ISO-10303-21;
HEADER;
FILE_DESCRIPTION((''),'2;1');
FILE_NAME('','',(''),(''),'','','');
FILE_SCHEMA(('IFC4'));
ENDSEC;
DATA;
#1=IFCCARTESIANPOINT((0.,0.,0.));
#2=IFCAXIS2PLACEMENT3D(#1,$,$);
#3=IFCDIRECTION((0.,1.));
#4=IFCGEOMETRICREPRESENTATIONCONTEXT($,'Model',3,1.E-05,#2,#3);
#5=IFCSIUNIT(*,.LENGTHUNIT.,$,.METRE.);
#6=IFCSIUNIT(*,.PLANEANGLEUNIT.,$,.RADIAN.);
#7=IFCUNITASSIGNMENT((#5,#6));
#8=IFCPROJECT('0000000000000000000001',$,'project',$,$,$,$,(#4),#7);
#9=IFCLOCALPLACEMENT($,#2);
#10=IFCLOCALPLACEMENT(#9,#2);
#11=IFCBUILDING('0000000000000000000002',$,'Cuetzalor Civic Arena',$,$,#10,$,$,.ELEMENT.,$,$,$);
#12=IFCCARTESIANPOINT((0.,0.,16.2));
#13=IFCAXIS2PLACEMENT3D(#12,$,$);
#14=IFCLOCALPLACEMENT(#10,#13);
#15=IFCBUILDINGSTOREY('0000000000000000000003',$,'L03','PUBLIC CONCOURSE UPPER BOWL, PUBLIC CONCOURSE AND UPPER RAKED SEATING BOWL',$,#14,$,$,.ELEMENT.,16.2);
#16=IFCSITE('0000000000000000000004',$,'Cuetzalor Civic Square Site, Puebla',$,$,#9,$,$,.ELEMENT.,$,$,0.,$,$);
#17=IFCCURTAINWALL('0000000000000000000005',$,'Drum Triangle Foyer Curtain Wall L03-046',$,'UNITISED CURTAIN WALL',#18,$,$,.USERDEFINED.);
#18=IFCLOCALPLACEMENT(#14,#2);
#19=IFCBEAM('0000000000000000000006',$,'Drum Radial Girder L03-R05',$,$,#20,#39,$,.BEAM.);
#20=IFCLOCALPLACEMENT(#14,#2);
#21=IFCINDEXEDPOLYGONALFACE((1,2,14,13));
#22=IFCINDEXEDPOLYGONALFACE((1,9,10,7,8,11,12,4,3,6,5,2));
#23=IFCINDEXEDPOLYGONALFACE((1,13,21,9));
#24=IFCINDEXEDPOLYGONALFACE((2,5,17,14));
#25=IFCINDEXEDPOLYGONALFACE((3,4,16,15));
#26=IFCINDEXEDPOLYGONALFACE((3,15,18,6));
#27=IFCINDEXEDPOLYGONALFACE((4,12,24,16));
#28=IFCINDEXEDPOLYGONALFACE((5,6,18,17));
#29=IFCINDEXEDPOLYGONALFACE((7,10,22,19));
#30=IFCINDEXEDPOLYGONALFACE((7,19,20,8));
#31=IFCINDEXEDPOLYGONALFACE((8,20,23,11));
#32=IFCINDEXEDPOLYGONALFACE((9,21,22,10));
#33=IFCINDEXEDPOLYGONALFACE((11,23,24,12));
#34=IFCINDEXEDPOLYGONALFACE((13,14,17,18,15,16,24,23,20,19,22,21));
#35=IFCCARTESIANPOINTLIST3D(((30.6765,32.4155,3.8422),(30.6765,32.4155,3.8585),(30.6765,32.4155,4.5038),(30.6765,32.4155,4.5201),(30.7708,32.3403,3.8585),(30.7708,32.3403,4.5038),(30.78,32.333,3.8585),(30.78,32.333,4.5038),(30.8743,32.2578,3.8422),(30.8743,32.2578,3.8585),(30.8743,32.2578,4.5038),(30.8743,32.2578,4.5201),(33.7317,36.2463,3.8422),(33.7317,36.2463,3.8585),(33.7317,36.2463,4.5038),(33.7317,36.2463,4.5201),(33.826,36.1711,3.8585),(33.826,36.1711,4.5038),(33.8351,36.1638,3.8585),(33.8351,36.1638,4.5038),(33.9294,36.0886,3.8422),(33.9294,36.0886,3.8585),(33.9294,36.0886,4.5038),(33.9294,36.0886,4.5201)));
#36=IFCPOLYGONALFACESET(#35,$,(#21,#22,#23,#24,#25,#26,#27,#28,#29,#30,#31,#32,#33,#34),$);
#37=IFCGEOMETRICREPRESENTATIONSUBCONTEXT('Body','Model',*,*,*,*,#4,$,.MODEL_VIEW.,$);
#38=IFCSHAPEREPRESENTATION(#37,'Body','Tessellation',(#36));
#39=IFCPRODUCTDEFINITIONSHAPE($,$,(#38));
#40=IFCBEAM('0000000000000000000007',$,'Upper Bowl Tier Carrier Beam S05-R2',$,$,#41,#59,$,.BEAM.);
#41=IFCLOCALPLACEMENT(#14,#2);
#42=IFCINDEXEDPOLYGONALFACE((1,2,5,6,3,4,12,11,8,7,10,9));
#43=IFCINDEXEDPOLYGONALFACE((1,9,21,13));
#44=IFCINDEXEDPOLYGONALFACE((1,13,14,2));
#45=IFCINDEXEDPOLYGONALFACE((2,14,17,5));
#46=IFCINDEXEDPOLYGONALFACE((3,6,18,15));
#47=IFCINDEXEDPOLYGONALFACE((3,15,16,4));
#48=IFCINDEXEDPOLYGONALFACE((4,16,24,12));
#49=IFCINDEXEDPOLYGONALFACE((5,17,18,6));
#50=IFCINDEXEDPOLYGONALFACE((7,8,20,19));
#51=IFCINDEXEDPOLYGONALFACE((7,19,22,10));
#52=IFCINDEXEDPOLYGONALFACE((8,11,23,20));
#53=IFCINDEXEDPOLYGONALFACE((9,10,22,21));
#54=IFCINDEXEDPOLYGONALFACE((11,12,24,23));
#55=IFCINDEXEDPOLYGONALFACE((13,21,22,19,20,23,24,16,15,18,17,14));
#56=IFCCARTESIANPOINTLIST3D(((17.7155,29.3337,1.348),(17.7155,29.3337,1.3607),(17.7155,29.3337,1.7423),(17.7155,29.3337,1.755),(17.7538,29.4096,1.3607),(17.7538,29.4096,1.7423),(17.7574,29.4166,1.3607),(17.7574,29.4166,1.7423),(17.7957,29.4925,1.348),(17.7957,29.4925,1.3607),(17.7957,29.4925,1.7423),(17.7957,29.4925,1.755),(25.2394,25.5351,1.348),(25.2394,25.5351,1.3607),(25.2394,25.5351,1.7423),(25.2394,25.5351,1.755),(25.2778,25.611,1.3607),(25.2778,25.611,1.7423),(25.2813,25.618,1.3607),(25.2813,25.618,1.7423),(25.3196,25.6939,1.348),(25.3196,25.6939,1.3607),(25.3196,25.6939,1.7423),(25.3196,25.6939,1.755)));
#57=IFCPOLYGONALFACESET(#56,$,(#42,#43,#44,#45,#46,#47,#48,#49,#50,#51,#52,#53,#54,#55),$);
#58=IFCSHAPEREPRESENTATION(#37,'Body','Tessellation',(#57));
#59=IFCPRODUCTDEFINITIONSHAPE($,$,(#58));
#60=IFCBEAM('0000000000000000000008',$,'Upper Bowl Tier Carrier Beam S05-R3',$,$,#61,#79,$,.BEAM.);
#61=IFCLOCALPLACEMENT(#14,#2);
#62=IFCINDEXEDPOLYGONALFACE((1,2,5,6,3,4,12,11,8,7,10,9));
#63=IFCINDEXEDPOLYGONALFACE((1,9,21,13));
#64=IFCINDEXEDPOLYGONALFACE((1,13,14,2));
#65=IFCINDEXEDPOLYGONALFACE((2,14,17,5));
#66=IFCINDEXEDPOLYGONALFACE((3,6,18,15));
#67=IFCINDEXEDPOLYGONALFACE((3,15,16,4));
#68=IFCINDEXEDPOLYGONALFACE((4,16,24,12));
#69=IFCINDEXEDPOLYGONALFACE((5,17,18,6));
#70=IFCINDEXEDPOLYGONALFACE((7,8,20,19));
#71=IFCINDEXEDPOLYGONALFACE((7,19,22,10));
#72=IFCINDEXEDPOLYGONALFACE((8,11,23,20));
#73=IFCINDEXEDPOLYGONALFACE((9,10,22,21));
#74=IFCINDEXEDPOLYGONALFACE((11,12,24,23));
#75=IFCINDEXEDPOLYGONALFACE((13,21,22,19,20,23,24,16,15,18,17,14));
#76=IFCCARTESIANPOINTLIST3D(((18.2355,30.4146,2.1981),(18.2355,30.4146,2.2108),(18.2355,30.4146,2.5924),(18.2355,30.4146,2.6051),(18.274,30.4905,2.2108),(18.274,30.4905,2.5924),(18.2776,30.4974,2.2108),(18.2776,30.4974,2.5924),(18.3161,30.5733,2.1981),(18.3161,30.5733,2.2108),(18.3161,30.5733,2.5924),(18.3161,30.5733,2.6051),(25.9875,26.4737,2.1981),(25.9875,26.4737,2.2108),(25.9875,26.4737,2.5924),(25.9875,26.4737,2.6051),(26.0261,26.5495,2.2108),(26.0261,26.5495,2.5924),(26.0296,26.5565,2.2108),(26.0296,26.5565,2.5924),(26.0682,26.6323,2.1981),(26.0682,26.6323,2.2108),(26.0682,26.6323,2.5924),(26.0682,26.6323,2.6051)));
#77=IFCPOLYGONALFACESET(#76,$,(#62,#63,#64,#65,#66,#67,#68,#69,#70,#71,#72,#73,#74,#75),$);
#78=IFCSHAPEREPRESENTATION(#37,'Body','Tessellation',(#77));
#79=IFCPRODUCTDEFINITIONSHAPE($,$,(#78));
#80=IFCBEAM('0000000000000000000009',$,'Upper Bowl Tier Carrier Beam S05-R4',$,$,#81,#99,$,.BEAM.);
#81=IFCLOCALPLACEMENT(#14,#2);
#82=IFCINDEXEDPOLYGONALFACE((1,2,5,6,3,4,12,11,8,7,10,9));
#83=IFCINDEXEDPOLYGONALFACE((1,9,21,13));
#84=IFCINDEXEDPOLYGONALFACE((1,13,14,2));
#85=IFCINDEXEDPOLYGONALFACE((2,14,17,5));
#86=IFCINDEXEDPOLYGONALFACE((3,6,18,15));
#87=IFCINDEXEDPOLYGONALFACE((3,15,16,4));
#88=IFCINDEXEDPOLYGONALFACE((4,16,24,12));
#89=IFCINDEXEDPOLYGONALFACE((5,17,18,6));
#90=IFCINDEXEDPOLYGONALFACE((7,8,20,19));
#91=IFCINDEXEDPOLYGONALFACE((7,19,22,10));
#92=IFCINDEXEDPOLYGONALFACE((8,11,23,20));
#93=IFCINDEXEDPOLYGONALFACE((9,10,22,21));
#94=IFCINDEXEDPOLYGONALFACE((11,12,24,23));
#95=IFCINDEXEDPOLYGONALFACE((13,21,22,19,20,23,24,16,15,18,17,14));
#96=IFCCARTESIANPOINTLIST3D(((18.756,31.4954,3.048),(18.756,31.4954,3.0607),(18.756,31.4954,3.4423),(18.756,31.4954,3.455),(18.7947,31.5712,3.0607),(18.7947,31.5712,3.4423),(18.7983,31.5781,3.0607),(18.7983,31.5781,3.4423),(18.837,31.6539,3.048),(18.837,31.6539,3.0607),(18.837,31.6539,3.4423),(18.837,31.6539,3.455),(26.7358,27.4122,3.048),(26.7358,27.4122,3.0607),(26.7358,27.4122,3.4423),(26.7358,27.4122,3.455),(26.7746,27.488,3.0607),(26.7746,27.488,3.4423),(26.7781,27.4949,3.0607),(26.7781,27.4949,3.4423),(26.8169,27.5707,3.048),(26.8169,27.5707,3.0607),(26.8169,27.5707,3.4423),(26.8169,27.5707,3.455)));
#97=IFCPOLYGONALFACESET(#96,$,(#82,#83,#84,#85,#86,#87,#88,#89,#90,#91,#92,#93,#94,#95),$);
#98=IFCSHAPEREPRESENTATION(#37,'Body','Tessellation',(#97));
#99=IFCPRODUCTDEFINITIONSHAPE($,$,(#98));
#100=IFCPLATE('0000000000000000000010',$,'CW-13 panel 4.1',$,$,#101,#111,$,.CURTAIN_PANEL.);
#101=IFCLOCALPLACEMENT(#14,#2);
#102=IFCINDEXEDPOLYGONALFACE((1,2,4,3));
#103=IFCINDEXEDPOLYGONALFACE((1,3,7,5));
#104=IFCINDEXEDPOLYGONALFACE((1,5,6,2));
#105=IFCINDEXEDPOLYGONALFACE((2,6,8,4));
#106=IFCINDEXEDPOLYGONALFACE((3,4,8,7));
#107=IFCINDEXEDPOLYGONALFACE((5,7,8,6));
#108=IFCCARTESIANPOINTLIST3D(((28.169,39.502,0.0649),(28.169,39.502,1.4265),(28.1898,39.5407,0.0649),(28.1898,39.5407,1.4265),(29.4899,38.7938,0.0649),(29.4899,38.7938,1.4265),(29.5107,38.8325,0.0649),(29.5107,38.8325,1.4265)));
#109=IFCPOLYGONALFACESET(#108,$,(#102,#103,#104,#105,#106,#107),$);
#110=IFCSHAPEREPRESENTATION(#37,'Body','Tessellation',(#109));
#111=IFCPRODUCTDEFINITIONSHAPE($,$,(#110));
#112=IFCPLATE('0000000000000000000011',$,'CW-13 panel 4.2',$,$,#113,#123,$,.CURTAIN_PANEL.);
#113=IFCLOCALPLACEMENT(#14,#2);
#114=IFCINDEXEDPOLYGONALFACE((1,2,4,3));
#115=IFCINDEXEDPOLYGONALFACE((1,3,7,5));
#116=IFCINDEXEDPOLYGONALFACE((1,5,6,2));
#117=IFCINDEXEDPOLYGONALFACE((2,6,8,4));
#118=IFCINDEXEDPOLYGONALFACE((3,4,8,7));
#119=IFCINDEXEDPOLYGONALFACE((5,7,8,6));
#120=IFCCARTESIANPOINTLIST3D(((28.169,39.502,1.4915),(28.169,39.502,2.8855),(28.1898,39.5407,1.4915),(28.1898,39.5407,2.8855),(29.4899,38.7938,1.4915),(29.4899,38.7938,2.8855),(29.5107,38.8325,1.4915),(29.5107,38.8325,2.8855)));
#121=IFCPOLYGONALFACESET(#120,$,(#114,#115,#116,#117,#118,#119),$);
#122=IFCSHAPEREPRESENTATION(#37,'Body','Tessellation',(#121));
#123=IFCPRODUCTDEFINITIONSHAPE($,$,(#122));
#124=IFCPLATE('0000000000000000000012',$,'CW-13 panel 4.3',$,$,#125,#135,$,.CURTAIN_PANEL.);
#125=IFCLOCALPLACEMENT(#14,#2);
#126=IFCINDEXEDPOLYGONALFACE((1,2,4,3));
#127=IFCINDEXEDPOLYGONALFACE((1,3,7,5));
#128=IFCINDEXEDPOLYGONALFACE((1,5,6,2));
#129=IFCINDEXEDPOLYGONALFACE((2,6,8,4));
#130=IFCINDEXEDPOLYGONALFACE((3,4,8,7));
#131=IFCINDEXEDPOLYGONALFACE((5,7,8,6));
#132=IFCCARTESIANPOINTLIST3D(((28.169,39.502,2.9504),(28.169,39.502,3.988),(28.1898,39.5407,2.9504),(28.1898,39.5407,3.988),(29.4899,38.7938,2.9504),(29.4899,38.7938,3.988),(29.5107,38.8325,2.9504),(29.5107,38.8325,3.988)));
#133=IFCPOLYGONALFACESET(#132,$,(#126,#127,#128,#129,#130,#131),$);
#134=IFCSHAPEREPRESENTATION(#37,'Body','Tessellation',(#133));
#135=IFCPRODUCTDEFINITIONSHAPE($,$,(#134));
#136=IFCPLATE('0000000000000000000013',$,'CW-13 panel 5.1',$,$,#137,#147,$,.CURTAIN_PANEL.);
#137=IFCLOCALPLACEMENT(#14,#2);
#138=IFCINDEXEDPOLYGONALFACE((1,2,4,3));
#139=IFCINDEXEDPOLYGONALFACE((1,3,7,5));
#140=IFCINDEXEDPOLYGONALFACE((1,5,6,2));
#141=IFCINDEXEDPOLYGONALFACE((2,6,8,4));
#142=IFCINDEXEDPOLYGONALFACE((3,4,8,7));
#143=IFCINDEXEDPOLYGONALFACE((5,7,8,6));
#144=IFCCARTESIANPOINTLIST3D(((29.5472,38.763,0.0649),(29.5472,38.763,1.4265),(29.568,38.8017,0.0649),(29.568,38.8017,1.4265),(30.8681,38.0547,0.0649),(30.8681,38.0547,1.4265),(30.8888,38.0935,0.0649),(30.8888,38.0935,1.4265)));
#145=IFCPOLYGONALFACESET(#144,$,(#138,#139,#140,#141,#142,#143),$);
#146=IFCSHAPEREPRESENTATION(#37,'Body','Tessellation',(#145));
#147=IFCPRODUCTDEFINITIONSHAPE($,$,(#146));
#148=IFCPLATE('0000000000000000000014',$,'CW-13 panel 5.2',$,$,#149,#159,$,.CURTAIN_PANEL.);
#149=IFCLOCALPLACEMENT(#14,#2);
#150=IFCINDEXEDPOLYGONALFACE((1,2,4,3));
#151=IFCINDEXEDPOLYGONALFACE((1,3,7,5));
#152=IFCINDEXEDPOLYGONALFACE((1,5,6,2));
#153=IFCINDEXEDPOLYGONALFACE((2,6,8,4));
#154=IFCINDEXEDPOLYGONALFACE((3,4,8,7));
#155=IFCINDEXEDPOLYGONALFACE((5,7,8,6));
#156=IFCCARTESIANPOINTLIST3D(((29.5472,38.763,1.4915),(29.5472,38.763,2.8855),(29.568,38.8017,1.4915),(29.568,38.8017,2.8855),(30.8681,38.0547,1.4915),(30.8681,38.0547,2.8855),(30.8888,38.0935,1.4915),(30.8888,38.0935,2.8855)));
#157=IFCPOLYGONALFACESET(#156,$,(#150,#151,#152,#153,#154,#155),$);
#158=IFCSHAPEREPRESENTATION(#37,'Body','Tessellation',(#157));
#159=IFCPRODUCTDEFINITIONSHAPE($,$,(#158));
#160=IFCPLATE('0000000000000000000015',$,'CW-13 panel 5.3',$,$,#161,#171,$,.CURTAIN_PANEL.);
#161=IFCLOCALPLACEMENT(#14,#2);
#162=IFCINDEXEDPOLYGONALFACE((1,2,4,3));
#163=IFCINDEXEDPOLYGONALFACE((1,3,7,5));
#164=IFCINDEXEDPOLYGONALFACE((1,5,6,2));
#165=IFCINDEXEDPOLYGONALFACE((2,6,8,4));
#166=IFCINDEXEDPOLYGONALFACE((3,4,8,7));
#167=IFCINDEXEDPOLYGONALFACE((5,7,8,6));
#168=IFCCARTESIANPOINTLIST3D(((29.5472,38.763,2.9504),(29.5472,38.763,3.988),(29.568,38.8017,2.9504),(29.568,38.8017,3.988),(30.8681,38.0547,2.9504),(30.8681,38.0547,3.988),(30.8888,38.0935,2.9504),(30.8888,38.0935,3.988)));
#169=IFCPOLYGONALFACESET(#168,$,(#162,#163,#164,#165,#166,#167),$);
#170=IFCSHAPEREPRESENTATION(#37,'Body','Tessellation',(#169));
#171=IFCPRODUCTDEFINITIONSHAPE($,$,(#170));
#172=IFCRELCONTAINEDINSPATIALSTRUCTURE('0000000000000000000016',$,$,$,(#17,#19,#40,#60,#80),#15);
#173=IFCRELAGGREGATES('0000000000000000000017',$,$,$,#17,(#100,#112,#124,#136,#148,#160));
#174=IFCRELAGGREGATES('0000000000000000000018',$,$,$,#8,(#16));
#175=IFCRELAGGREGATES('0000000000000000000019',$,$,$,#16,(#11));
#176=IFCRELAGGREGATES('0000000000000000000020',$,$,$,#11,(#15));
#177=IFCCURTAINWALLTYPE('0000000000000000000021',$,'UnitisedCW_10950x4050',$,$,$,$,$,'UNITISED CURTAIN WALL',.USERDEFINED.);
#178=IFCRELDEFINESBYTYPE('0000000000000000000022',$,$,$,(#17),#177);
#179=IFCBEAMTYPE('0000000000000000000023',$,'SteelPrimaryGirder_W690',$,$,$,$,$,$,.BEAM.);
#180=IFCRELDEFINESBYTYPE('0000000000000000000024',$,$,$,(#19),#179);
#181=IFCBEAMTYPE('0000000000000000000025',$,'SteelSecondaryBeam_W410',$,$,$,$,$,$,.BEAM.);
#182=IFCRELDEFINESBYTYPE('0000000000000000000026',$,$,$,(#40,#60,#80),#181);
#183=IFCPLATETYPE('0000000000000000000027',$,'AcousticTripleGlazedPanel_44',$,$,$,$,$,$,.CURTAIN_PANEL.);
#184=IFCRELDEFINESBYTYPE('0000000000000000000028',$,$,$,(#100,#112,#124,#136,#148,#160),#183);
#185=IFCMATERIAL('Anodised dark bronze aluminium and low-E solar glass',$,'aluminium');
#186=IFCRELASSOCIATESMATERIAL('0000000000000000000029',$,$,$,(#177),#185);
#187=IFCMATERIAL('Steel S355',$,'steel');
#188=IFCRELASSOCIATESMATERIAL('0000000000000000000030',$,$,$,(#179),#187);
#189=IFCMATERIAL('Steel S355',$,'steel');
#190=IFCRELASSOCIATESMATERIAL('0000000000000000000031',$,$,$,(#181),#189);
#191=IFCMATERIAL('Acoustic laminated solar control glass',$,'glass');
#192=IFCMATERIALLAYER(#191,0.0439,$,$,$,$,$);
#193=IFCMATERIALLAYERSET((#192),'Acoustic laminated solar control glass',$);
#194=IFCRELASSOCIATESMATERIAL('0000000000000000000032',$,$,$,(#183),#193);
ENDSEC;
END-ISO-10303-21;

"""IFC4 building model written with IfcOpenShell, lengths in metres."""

from ifc_helpers import new_model, si_unit, direction, frame, origin, origin_2d, place, context, subcontext, project, spatial, rectangle, i_section, extrude, material, layer, layer_set, material_profile, profile_set, type_object, element, aggregate, save


model = new_model("IFC4")

# Units and contexts
model_context = context("Model", 3, precision=1e-05, world=origin(), true_north=direction((0.0, 1.0)))
body_context = subcontext(model_context, "Body", "Model", "MODEL_VIEW")
ifc_project = project(units=[si_unit("LENGTHUNIT", "METRE"), si_unit("PLANEANGLEUNIT", "RADIAN")], contexts=[model_context])

# Site, building, storey
site_placement = place(None, origin())
site = spatial("IfcSite", under=ifc_project, at=site_placement, Name="Cuetzalor Civic Square Site, Puebla", CompositionType="ELEMENT", RefElevation=0.0)
building_placement = place(site_placement, origin())
building = spatial("IfcBuilding", under=site, at=building_placement, Name="Cuetzalor Civic Arena", CompositionType="ELEMENT")
storey_placement = place(building_placement, frame((0.0, 0.0, 16.2)))
storey = spatial("IfcBuildingStorey", under=building, at=storey_placement, Name="L03", Description="PUBLIC CONCOURSE UPPER BOWL, PUBLIC CONCOURSE AND UPPER RAKED SEATING BOWL", CompositionType="ELEMENT", Elevation=16.2)

# Curtain wall
ifc_material_1 = material(Name="Anodised dark bronze aluminium and low-E solar glass", Category="aluminium")
curtain_wall_type = type_object("IfcCurtainWallType", Name="UnitisedCW_10950x4050", ElementType="UNITISED CURTAIN WALL", PredefinedType="USERDEFINED", material=ifc_material_1)
curtain_wall_placement = place(storey_placement, origin())
curtain_wall = element("IfcCurtainWall", 1, at=curtain_wall_placement, inside=storey, type_object=curtain_wall_type, Name="Drum Triangle Foyer Curtain Wall L03-046", ObjectType="UNITISED CURTAIN WALL", PredefinedType="USERDEFINED")

# Beams
ifc_material_2 = material(Name="Steel S355", Category="steel")
ifc_material_profile_1 = material_profile(ifc_material_2, i_section(OverallWidth=0.2529, OverallDepth=0.678, WebThickness=0.0117, FlangeThickness=0.0164, at=origin_2d()), Name="W690x125")
ifc_profile_set_1 = profile_set([ifc_material_profile_1], Name="Steel S355")
beam_type_1 = type_object("IfcBeamType", Name="SteelPrimaryGirder_W690", PredefinedType="BEAM", material=ifc_profile_set_1)
beam_1_placement = place(storey_placement, frame((30.7754, 32.3367, 4.1812), z_axis=(0.623516, 0.781811, 0.0), x_axis=(-0.781811, 0.623516, 0.0)))
element("IfcBeam", 2, at=beam_1_placement, inside=storey, type_object=beam_type_1, Name="Drum Radial Girder L03-R05", PredefinedType="BEAM", context=body_context, shape_type="SweptSolid", body=[
    extrude(i_section(OverallWidth=0.2529, OverallDepth=0.678, WebThickness=0.0117, FlangeThickness=0.0164, at=origin_2d()), origin(), (0.0, 0.0, 1.0), 4.8999),
])
ifc_material_3 = material(Name="Steel S355", Category="steel")
ifc_material_profile_2 = material_profile(ifc_material_3, i_section(OverallWidth=0.178, OverallDepth=0.407, WebThickness=0.0078, FlangeThickness=0.0127, at=origin_2d()), Name="W410x60")
ifc_profile_set_2 = profile_set([ifc_material_profile_2], Name="Steel S355")
beam_type_2 = type_object("IfcBeamType", Name="SteelSecondaryBeam_W410", PredefinedType="BEAM", material=ifc_profile_set_2)
beam_2_placement = place(storey_placement, frame((25.2795, 25.6145, 1.5515), z_axis=(-0.892682, 0.450686, 0.0), x_axis=(-0.450686, -0.892682, 0.0)))
element("IfcBeam", 3, at=beam_2_placement, inside=storey, type_object=beam_type_2, Name="Upper Bowl Tier Carrier Beam S05-R2", PredefinedType="BEAM", context=body_context, shape_type="SweptSolid", body=[
    extrude(i_section(OverallWidth=0.178, OverallDepth=0.407, WebThickness=0.0078, FlangeThickness=0.0127, at=origin_2d()), origin(), (0.0, 0.0, 1.0), 8.4285),
])
beam_3_placement = place(storey_placement, frame((26.0278, 26.553, 2.4016), z_axis=(-0.89142, 0.453178, 0.0), x_axis=(-0.453178, -0.89142, 0.0)))
element("IfcBeam", 4, at=beam_3_placement, inside=storey, type_object=beam_type_2, Name="Upper Bowl Tier Carrier Beam S05-R3", PredefinedType="BEAM", context=body_context, shape_type="SweptSolid", body=[
    extrude(i_section(OverallWidth=0.178, OverallDepth=0.407, WebThickness=0.0078, FlangeThickness=0.0127, at=origin_2d()), origin(), (0.0, 0.0, 1.0), 8.6963),
])
beam_4_placement = place(storey_placement, frame((26.7764, 27.4915, 3.2515), z_axis=(-0.890227, 0.455517, 0.0), x_axis=(-0.455517, -0.890227, 0.0)))
element("IfcBeam", 5, at=beam_4_placement, inside=storey, type_object=beam_type_2, Name="Upper Bowl Tier Carrier Beam S05-R4", PredefinedType="BEAM", context=body_context, shape_type="SweptSolid", body=[
    extrude(i_section(OverallWidth=0.178, OverallDepth=0.407, WebThickness=0.0078, FlangeThickness=0.0127, at=origin_2d()), origin(), (0.0, 0.0, 1.0), 8.9639),
])

# Plates
ifc_material_4 = material(Name="Acoustic laminated solar control glass", Category="glass")
ifc_layer = layer(ifc_material_4, 0.0439)
ifc_layer_set = layer_set([ifc_layer], Name="Acoustic laminated solar control glass")
plate_type = type_object("IfcPlateType", Name="AcousticTripleGlazedPanel_44", PredefinedType="CURTAIN_PANEL", material=ifc_layer_set)
plate_1_placement = place(storey_placement, frame((28.8398, 39.1672, 0.0649), z_axis=(0.0, 0.0, 1.0), x_axis=(0.881306, -0.472545, 0.0)))
plate_1 = element("IfcPlate", 6, at=plate_1_placement, type_object=plate_type, Name="CW-13 panel 4.1", PredefinedType="CURTAIN_PANEL", context=body_context, shape_type="SweptSolid", body=[
    extrude(rectangle(XDim=1.4988, YDim=0.0439, at=origin_2d()), origin(), (0.0, 0.0, 1.0), 1.3616),
])
plate_2_placement = place(storey_placement, frame((28.8398, 39.1672, 1.4915), z_axis=(0.0, 0.0, 1.0), x_axis=(0.881306, -0.472545, 0.0)))
plate_2 = element("IfcPlate", 7, at=plate_2_placement, type_object=plate_type, Name="CW-13 panel 4.2", PredefinedType="CURTAIN_PANEL", context=body_context, shape_type="SweptSolid", body=[
    extrude(rectangle(XDim=1.4988, YDim=0.0439, at=origin_2d()), origin(), (0.0, 0.0, 1.0), 1.394),
])
plate_3_placement = place(storey_placement, frame((28.8398, 39.1672, 2.9504), z_axis=(0.0, 0.0, 1.0), x_axis=(0.881306, -0.472545, 0.0)))
plate_3 = element("IfcPlate", 8, at=plate_3_placement, type_object=plate_type, Name="CW-13 panel 4.3", PredefinedType="CURTAIN_PANEL", context=body_context, shape_type="SweptSolid", body=[
    extrude(rectangle(XDim=1.4988, YDim=0.0439, at=origin_2d()), origin(), (0.0, 0.0, 1.0), 1.0376),
])
plate_4_placement = place(storey_placement, frame((30.218, 38.4282, 0.0649), z_axis=(0.0, 0.0, 1.0), x_axis=(0.881306, -0.472545, 0.0)))
plate_4 = element("IfcPlate", 9, at=plate_4_placement, type_object=plate_type, Name="CW-13 panel 5.1", PredefinedType="CURTAIN_PANEL", context=body_context, shape_type="SweptSolid", body=[
    extrude(rectangle(XDim=1.4988, YDim=0.0439, at=origin_2d()), origin(), (0.0, 0.0, 1.0), 1.3616),
])
plate_5_placement = place(storey_placement, frame((30.218, 38.4282, 1.4915), z_axis=(0.0, 0.0, 1.0), x_axis=(0.881306, -0.472545, 0.0)))
plate_5 = element("IfcPlate", 10, at=plate_5_placement, type_object=plate_type, Name="CW-13 panel 5.2", PredefinedType="CURTAIN_PANEL", context=body_context, shape_type="SweptSolid", body=[
    extrude(rectangle(XDim=1.4988, YDim=0.0439, at=origin_2d()), origin(), (0.0, 0.0, 1.0), 1.394),
])
plate_6_placement = place(storey_placement, frame((30.218, 38.4282, 2.9504), z_axis=(0.0, 0.0, 1.0), x_axis=(0.881306, -0.472545, 0.0)))
plate_6 = element("IfcPlate", 11, at=plate_6_placement, type_object=plate_type, Name="CW-13 panel 5.3", PredefinedType="CURTAIN_PANEL", context=body_context, shape_type="SweptSolid", body=[
    extrude(rectangle(XDim=1.4988, YDim=0.0439, at=origin_2d()), origin(), (0.0, 0.0, 1.0), 1.0376),
])
aggregate(curtain_wall, [plate_1, plate_2, plate_3, plate_4, plate_5, plate_6])

save(model, "model.ifc")
